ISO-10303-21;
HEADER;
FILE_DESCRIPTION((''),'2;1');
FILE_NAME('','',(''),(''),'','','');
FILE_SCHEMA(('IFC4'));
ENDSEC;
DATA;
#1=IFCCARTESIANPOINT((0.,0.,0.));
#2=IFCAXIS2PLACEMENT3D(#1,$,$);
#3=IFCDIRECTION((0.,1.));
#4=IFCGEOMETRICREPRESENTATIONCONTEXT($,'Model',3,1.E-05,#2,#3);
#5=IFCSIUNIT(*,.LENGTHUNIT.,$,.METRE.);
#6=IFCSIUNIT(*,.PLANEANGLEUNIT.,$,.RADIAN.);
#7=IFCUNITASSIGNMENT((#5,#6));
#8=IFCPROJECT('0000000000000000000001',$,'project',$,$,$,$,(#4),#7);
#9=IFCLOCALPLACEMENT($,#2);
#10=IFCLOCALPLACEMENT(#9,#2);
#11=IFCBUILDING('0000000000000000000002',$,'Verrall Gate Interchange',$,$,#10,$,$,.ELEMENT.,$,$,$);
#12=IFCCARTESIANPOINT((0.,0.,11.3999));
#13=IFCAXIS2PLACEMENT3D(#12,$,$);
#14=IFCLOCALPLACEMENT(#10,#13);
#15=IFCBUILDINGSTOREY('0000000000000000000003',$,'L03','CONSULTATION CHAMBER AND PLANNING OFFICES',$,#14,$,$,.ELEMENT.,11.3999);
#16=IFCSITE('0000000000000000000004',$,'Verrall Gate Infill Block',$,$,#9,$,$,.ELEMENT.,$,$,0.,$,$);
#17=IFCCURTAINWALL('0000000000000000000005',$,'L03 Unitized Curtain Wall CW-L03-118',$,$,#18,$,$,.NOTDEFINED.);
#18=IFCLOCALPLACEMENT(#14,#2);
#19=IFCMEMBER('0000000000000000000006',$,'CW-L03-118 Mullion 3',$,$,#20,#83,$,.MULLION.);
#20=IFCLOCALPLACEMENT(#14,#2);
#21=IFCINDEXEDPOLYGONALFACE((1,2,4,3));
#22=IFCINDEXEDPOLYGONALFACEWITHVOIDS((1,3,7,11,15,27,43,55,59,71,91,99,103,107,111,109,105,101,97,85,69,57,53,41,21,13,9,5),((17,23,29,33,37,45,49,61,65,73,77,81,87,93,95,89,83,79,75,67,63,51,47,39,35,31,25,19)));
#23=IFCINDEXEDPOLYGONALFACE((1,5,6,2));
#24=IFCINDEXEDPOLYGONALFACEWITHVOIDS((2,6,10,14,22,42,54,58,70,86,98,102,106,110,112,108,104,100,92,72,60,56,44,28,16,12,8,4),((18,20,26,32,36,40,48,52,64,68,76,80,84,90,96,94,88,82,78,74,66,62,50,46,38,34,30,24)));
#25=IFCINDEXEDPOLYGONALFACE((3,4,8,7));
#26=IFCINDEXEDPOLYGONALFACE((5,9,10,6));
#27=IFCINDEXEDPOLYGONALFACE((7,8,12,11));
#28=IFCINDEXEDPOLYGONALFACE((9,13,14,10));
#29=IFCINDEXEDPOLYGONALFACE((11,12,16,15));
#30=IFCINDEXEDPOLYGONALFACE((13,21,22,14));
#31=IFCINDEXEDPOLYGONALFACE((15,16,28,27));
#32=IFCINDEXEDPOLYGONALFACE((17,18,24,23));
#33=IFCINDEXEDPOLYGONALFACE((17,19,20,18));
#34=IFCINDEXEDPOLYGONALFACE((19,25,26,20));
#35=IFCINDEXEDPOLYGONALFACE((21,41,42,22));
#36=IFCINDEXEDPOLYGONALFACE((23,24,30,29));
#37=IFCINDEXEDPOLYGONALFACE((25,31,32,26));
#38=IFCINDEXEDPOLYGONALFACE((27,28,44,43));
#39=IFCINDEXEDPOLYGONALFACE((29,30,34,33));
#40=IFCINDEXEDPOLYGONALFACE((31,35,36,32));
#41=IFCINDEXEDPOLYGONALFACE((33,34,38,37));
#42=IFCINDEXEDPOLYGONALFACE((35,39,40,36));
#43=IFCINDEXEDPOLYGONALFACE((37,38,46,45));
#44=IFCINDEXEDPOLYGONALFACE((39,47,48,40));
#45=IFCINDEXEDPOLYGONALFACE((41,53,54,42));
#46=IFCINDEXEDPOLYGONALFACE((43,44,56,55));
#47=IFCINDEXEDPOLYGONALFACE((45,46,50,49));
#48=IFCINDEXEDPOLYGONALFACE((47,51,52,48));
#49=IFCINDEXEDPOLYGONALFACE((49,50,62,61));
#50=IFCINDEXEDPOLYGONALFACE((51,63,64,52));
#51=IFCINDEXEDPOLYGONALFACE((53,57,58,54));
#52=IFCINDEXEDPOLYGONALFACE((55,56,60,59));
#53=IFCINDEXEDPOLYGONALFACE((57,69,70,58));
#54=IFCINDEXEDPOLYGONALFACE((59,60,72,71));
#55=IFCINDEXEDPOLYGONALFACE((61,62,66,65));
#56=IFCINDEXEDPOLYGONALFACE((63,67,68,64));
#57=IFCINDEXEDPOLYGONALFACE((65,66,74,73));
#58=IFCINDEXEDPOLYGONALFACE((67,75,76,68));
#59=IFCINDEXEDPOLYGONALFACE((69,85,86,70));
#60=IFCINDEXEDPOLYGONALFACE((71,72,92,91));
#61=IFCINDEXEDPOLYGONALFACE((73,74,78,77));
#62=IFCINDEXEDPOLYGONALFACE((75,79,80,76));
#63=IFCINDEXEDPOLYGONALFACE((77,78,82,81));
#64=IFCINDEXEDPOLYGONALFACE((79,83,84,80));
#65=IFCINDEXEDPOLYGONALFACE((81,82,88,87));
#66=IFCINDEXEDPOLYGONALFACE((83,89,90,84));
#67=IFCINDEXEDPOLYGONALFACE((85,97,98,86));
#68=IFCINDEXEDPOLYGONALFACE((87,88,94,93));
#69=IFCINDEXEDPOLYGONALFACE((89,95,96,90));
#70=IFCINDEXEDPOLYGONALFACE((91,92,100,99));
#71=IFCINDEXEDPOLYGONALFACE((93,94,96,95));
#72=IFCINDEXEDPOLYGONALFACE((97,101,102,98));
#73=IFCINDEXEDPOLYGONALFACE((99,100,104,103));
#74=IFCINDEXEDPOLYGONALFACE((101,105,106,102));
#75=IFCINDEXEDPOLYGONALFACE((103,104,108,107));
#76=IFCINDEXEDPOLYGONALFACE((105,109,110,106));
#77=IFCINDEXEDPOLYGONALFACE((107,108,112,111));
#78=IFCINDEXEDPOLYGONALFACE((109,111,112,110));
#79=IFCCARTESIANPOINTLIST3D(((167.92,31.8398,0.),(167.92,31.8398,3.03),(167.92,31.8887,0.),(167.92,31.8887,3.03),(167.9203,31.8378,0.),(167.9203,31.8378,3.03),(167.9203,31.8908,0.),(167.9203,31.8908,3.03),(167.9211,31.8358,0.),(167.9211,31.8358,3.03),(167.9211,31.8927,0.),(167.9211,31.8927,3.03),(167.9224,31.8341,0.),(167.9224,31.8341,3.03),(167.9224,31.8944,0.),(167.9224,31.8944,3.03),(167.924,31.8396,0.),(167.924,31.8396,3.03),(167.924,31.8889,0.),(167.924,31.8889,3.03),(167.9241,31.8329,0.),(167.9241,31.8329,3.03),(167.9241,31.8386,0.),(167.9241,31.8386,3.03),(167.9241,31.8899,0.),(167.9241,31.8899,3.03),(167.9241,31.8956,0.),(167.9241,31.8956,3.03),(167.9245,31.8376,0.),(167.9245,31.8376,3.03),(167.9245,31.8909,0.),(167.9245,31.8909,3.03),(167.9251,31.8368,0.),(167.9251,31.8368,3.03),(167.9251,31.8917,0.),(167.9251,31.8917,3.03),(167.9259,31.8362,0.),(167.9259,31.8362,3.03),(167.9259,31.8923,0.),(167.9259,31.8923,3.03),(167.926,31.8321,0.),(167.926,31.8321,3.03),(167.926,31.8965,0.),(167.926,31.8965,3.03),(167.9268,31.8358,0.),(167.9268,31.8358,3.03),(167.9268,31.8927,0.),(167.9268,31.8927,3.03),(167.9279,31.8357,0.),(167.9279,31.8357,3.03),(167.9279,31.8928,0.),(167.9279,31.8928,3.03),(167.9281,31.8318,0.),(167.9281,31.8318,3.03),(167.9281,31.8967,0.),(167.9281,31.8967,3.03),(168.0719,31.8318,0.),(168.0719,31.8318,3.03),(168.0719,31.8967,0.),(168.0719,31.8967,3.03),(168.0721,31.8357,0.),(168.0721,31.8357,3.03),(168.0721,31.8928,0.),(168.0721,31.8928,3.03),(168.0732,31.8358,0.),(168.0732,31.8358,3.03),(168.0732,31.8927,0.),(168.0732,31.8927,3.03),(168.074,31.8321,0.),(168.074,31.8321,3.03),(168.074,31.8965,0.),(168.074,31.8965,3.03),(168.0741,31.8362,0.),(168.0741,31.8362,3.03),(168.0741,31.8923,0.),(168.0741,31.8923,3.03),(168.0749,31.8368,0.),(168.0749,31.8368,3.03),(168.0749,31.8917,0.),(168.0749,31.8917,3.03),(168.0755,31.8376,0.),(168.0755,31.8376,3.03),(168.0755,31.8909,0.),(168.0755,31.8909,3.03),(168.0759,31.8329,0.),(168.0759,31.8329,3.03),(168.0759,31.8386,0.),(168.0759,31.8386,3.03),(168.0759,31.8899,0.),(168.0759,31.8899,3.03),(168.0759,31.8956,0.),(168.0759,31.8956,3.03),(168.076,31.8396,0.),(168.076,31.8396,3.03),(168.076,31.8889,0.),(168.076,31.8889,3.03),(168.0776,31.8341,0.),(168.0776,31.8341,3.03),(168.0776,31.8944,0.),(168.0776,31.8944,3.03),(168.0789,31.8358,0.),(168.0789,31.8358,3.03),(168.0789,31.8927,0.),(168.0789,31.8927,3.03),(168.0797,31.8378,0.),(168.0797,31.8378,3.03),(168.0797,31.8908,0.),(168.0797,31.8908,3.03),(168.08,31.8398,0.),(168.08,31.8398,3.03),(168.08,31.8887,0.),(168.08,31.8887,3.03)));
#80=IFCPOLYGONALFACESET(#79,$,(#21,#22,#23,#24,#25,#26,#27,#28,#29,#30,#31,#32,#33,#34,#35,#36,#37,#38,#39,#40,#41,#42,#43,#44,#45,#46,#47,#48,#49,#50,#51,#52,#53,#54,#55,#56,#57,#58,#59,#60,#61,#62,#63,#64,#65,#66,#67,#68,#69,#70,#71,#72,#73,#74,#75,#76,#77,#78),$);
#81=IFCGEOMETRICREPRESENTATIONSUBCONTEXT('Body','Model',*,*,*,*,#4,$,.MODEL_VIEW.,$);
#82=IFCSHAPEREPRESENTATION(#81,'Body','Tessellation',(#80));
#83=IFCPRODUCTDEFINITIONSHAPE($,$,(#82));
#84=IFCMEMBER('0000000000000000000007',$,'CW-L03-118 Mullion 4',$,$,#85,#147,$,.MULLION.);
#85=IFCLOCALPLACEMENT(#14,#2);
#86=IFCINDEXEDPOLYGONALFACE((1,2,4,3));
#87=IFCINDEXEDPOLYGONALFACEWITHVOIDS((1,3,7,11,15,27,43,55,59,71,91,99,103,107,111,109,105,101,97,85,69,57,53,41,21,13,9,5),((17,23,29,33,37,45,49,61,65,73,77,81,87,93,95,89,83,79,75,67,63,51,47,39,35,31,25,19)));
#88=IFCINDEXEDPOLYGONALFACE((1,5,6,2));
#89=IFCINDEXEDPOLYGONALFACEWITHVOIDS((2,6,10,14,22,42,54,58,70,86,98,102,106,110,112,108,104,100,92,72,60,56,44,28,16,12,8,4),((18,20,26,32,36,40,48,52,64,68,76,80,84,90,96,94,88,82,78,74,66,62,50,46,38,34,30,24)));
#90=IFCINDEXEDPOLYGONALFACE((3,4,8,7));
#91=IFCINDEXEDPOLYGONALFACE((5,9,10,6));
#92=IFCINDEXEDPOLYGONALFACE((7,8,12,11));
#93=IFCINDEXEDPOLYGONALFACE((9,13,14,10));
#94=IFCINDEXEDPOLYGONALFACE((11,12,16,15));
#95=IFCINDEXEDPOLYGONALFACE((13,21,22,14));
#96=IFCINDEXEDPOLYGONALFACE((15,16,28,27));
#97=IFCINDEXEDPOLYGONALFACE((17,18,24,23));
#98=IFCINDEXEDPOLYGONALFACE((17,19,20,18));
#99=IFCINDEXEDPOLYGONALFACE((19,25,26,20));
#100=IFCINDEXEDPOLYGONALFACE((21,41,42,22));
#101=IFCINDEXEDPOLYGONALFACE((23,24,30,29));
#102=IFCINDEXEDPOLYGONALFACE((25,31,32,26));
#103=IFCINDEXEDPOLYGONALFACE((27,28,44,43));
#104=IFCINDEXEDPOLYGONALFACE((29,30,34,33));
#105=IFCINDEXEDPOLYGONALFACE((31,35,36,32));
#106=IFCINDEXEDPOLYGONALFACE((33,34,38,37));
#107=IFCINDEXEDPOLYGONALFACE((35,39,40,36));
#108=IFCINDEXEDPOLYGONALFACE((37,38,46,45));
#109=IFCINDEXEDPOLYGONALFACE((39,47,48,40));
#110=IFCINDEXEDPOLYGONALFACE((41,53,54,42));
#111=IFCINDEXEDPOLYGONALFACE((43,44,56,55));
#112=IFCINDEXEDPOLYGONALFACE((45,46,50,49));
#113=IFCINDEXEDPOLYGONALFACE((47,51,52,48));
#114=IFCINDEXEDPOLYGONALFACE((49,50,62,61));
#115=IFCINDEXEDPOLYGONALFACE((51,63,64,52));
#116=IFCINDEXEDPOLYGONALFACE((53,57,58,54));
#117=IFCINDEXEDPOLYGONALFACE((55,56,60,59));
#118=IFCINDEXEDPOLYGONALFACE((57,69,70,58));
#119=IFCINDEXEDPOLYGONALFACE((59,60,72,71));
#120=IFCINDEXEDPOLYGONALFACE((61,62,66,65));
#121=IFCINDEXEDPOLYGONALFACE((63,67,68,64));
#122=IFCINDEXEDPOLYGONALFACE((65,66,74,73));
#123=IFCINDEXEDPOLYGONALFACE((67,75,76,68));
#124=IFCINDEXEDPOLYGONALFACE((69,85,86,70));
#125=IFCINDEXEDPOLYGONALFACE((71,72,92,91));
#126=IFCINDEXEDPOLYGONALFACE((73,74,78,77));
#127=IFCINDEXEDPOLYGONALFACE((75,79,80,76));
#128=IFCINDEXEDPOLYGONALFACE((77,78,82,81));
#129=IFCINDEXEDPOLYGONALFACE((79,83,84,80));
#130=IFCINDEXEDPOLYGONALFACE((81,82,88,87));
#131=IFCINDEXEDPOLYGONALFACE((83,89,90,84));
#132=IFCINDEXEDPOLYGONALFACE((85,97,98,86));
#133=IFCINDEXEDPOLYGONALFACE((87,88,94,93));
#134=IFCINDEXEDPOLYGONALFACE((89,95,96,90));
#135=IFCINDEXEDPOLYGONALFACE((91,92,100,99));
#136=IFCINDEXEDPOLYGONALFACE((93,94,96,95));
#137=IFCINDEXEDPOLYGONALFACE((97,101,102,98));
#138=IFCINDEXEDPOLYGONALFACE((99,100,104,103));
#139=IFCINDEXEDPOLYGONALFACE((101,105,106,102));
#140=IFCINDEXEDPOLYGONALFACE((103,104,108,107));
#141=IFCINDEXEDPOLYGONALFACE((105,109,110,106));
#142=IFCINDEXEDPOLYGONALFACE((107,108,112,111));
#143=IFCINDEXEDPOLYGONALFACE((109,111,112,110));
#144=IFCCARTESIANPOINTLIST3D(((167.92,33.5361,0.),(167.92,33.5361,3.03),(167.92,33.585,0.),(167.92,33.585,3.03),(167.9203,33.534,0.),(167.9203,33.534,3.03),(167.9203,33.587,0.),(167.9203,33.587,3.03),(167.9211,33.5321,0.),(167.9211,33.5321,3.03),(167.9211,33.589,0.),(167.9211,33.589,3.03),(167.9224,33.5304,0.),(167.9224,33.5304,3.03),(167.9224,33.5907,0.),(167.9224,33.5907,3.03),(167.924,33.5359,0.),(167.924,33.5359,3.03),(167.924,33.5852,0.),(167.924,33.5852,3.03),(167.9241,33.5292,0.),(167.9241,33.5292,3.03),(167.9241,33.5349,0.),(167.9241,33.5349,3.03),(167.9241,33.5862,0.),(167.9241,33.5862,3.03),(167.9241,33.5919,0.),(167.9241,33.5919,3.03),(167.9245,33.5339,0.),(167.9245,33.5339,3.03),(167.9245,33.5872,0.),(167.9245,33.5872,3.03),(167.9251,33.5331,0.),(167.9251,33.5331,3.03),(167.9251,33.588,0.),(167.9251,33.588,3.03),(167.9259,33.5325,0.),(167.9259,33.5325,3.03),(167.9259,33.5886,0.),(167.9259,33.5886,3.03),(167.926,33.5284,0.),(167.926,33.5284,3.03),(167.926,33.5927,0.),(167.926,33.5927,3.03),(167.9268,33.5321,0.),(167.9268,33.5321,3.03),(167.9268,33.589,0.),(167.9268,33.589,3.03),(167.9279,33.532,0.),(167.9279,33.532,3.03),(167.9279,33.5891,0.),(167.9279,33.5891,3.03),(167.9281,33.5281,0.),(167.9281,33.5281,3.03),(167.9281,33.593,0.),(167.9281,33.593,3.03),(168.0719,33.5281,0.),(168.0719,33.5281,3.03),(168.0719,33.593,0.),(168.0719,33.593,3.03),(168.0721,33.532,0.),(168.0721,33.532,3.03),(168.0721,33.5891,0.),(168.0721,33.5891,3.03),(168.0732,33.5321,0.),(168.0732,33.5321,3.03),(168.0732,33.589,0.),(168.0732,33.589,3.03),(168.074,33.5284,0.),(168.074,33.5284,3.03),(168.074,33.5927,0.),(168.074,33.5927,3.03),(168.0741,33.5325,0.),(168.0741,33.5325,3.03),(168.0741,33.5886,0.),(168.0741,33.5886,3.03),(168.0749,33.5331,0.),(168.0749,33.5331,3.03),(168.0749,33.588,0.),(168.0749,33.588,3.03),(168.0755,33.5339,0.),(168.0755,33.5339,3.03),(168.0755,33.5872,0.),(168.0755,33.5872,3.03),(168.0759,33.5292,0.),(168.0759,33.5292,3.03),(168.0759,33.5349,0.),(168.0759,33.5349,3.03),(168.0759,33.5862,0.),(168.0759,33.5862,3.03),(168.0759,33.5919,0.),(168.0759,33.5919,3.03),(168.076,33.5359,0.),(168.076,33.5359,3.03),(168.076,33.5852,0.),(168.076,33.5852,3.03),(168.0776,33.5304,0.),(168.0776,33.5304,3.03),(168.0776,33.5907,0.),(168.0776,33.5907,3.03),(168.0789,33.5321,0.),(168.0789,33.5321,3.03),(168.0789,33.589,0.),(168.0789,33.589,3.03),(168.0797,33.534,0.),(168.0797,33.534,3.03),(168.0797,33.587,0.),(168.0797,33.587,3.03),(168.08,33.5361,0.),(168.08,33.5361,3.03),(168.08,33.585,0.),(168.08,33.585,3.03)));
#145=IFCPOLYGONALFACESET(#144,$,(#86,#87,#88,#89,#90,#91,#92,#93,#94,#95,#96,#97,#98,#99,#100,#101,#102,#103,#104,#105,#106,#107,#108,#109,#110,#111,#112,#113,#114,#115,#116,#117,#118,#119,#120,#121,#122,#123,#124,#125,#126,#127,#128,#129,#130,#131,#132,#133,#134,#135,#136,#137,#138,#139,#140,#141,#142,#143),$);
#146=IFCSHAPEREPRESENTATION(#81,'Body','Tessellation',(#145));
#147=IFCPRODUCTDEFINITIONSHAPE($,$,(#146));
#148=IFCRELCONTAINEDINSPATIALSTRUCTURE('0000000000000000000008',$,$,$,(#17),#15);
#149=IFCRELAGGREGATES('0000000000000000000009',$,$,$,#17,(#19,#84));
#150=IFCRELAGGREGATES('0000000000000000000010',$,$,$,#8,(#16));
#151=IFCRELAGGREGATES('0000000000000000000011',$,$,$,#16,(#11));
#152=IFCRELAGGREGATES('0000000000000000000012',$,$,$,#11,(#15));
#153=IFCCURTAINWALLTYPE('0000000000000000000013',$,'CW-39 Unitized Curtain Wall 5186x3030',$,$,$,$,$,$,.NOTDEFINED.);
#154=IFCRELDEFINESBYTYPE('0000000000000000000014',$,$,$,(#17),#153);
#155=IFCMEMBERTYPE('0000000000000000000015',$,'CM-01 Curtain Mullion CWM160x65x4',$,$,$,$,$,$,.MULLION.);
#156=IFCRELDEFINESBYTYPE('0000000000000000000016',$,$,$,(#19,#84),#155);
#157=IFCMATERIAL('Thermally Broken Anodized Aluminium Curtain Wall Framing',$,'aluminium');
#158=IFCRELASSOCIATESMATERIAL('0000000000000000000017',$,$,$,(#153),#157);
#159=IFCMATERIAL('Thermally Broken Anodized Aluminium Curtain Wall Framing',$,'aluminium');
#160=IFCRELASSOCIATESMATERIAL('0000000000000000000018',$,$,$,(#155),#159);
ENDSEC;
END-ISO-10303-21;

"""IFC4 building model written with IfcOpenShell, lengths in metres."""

from ifc_helpers import new_model, si_unit, direction, frame, origin, origin_2d, place, context, subcontext, project, spatial, hollow_rectangle, extrude, material, material_profile, profile_set, type_object, element, aggregate, save


model = new_model("IFC4")

# Units and contexts
model_context = context("Model", 3, precision=1e-05, world=origin(), true_north=direction((0.0, 1.0)))
body_context = subcontext(model_context, "Body", "Model", "MODEL_VIEW")
ifc_project = project(units=[si_unit("LENGTHUNIT", "METRE"), si_unit("PLANEANGLEUNIT", "RADIAN")], contexts=[model_context])

# Site, building, storey
site_placement = place(None, origin())
site = spatial("IfcSite", under=ifc_project, at=site_placement, Name="Verrall Gate Infill Block", CompositionType="ELEMENT", RefElevation=0.0)
building_placement = place(site_placement, origin())
building = spatial("IfcBuilding", under=site, at=building_placement, Name="Verrall Gate Interchange", CompositionType="ELEMENT")
storey_placement = place(building_placement, frame((0.0, 0.0, 11.3999)))
storey = spatial("IfcBuildingStorey", under=building, at=storey_placement, Name="L03", Description="CONSULTATION CHAMBER AND PLANNING OFFICES", CompositionType="ELEMENT", Elevation=11.3999)

# Curtain wall, members
ifc_material_1 = material(Name="Thermally Broken Anodized Aluminium Curtain Wall Framing", Category="aluminium")
curtain_wall_type_1 = type_object("IfcCurtainWallType", Name="CW-39 Unitized Curtain Wall 5186x3030", PredefinedType="NOTDEFINED", material=ifc_material_1)
curtain_wall_1_placement = place(storey_placement, origin())
curtain_wall_1 = element("IfcCurtainWall", 1, at=curtain_wall_1_placement, inside=storey, type_object=curtain_wall_type_1, Name="L03 Unitized Curtain Wall CW-L03-118", PredefinedType="NOTDEFINED")
ifc_material_2 = material(Name="Thermally Broken Anodized Aluminium Curtain Wall Framing", Category="aluminium")
ifc_material_profile_1 = material_profile(ifc_material_2, hollow_rectangle(XDim=0.0649, YDim=0.1599, WallThickness=0.0039, InnerFilletRadius=0.0039, OuterFilletRadius=0.0081, at=origin_2d()), Name="CWM160x65x4")
ifc_profile_set_1 = profile_set([ifc_material_profile_1], Name="Thermally Broken Anodized Aluminium Curtain Wall Framing")
member_type_1 = type_object("IfcMemberType", Name="CM-01 Curtain Mullion CWM160x65x4", PredefinedType="MULLION", material=ifc_profile_set_1)
member_1_placement = place(storey_placement, frame((168.0, 31.8643, 0.0), z_axis=(0.0, 0.0, 1.0), x_axis=(0.0, 1.0, 0.0)))
member_1 = element("IfcMember", 2, at=member_1_placement, type_object=member_type_1, Name="CW-L03-118 Mullion 3", PredefinedType="MULLION", context=body_context, shape_type="SweptSolid", body=[
    extrude(hollow_rectangle(XDim=0.0649, YDim=0.1599, WallThickness=0.0039, InnerFilletRadius=0.0039, OuterFilletRadius=0.0081, at=origin_2d()), origin(), (0.0, 0.0, 1.0), 3.03),
])
member_2_placement = place(storey_placement, frame((168.0, 33.5605, 0.0), z_axis=(0.0, 0.0, 1.0), x_axis=(0.0, 1.0, 0.0)))
member_2 = element("IfcMember", 3, at=member_2_placement, type_object=member_type_1, Name="CW-L03-118 Mullion 4", PredefinedType="MULLION", context=body_context, shape_type="SweptSolid", body=[
    extrude(hollow_rectangle(XDim=0.0649, YDim=0.1599, WallThickness=0.0039, InnerFilletRadius=0.0039, OuterFilletRadius=0.0081, at=origin_2d()), origin(), (0.0, 0.0, 1.0), 3.03),
])

aggregate(curtain_wall_1, [member_1, member_2])

save(model, "model.ifc")
